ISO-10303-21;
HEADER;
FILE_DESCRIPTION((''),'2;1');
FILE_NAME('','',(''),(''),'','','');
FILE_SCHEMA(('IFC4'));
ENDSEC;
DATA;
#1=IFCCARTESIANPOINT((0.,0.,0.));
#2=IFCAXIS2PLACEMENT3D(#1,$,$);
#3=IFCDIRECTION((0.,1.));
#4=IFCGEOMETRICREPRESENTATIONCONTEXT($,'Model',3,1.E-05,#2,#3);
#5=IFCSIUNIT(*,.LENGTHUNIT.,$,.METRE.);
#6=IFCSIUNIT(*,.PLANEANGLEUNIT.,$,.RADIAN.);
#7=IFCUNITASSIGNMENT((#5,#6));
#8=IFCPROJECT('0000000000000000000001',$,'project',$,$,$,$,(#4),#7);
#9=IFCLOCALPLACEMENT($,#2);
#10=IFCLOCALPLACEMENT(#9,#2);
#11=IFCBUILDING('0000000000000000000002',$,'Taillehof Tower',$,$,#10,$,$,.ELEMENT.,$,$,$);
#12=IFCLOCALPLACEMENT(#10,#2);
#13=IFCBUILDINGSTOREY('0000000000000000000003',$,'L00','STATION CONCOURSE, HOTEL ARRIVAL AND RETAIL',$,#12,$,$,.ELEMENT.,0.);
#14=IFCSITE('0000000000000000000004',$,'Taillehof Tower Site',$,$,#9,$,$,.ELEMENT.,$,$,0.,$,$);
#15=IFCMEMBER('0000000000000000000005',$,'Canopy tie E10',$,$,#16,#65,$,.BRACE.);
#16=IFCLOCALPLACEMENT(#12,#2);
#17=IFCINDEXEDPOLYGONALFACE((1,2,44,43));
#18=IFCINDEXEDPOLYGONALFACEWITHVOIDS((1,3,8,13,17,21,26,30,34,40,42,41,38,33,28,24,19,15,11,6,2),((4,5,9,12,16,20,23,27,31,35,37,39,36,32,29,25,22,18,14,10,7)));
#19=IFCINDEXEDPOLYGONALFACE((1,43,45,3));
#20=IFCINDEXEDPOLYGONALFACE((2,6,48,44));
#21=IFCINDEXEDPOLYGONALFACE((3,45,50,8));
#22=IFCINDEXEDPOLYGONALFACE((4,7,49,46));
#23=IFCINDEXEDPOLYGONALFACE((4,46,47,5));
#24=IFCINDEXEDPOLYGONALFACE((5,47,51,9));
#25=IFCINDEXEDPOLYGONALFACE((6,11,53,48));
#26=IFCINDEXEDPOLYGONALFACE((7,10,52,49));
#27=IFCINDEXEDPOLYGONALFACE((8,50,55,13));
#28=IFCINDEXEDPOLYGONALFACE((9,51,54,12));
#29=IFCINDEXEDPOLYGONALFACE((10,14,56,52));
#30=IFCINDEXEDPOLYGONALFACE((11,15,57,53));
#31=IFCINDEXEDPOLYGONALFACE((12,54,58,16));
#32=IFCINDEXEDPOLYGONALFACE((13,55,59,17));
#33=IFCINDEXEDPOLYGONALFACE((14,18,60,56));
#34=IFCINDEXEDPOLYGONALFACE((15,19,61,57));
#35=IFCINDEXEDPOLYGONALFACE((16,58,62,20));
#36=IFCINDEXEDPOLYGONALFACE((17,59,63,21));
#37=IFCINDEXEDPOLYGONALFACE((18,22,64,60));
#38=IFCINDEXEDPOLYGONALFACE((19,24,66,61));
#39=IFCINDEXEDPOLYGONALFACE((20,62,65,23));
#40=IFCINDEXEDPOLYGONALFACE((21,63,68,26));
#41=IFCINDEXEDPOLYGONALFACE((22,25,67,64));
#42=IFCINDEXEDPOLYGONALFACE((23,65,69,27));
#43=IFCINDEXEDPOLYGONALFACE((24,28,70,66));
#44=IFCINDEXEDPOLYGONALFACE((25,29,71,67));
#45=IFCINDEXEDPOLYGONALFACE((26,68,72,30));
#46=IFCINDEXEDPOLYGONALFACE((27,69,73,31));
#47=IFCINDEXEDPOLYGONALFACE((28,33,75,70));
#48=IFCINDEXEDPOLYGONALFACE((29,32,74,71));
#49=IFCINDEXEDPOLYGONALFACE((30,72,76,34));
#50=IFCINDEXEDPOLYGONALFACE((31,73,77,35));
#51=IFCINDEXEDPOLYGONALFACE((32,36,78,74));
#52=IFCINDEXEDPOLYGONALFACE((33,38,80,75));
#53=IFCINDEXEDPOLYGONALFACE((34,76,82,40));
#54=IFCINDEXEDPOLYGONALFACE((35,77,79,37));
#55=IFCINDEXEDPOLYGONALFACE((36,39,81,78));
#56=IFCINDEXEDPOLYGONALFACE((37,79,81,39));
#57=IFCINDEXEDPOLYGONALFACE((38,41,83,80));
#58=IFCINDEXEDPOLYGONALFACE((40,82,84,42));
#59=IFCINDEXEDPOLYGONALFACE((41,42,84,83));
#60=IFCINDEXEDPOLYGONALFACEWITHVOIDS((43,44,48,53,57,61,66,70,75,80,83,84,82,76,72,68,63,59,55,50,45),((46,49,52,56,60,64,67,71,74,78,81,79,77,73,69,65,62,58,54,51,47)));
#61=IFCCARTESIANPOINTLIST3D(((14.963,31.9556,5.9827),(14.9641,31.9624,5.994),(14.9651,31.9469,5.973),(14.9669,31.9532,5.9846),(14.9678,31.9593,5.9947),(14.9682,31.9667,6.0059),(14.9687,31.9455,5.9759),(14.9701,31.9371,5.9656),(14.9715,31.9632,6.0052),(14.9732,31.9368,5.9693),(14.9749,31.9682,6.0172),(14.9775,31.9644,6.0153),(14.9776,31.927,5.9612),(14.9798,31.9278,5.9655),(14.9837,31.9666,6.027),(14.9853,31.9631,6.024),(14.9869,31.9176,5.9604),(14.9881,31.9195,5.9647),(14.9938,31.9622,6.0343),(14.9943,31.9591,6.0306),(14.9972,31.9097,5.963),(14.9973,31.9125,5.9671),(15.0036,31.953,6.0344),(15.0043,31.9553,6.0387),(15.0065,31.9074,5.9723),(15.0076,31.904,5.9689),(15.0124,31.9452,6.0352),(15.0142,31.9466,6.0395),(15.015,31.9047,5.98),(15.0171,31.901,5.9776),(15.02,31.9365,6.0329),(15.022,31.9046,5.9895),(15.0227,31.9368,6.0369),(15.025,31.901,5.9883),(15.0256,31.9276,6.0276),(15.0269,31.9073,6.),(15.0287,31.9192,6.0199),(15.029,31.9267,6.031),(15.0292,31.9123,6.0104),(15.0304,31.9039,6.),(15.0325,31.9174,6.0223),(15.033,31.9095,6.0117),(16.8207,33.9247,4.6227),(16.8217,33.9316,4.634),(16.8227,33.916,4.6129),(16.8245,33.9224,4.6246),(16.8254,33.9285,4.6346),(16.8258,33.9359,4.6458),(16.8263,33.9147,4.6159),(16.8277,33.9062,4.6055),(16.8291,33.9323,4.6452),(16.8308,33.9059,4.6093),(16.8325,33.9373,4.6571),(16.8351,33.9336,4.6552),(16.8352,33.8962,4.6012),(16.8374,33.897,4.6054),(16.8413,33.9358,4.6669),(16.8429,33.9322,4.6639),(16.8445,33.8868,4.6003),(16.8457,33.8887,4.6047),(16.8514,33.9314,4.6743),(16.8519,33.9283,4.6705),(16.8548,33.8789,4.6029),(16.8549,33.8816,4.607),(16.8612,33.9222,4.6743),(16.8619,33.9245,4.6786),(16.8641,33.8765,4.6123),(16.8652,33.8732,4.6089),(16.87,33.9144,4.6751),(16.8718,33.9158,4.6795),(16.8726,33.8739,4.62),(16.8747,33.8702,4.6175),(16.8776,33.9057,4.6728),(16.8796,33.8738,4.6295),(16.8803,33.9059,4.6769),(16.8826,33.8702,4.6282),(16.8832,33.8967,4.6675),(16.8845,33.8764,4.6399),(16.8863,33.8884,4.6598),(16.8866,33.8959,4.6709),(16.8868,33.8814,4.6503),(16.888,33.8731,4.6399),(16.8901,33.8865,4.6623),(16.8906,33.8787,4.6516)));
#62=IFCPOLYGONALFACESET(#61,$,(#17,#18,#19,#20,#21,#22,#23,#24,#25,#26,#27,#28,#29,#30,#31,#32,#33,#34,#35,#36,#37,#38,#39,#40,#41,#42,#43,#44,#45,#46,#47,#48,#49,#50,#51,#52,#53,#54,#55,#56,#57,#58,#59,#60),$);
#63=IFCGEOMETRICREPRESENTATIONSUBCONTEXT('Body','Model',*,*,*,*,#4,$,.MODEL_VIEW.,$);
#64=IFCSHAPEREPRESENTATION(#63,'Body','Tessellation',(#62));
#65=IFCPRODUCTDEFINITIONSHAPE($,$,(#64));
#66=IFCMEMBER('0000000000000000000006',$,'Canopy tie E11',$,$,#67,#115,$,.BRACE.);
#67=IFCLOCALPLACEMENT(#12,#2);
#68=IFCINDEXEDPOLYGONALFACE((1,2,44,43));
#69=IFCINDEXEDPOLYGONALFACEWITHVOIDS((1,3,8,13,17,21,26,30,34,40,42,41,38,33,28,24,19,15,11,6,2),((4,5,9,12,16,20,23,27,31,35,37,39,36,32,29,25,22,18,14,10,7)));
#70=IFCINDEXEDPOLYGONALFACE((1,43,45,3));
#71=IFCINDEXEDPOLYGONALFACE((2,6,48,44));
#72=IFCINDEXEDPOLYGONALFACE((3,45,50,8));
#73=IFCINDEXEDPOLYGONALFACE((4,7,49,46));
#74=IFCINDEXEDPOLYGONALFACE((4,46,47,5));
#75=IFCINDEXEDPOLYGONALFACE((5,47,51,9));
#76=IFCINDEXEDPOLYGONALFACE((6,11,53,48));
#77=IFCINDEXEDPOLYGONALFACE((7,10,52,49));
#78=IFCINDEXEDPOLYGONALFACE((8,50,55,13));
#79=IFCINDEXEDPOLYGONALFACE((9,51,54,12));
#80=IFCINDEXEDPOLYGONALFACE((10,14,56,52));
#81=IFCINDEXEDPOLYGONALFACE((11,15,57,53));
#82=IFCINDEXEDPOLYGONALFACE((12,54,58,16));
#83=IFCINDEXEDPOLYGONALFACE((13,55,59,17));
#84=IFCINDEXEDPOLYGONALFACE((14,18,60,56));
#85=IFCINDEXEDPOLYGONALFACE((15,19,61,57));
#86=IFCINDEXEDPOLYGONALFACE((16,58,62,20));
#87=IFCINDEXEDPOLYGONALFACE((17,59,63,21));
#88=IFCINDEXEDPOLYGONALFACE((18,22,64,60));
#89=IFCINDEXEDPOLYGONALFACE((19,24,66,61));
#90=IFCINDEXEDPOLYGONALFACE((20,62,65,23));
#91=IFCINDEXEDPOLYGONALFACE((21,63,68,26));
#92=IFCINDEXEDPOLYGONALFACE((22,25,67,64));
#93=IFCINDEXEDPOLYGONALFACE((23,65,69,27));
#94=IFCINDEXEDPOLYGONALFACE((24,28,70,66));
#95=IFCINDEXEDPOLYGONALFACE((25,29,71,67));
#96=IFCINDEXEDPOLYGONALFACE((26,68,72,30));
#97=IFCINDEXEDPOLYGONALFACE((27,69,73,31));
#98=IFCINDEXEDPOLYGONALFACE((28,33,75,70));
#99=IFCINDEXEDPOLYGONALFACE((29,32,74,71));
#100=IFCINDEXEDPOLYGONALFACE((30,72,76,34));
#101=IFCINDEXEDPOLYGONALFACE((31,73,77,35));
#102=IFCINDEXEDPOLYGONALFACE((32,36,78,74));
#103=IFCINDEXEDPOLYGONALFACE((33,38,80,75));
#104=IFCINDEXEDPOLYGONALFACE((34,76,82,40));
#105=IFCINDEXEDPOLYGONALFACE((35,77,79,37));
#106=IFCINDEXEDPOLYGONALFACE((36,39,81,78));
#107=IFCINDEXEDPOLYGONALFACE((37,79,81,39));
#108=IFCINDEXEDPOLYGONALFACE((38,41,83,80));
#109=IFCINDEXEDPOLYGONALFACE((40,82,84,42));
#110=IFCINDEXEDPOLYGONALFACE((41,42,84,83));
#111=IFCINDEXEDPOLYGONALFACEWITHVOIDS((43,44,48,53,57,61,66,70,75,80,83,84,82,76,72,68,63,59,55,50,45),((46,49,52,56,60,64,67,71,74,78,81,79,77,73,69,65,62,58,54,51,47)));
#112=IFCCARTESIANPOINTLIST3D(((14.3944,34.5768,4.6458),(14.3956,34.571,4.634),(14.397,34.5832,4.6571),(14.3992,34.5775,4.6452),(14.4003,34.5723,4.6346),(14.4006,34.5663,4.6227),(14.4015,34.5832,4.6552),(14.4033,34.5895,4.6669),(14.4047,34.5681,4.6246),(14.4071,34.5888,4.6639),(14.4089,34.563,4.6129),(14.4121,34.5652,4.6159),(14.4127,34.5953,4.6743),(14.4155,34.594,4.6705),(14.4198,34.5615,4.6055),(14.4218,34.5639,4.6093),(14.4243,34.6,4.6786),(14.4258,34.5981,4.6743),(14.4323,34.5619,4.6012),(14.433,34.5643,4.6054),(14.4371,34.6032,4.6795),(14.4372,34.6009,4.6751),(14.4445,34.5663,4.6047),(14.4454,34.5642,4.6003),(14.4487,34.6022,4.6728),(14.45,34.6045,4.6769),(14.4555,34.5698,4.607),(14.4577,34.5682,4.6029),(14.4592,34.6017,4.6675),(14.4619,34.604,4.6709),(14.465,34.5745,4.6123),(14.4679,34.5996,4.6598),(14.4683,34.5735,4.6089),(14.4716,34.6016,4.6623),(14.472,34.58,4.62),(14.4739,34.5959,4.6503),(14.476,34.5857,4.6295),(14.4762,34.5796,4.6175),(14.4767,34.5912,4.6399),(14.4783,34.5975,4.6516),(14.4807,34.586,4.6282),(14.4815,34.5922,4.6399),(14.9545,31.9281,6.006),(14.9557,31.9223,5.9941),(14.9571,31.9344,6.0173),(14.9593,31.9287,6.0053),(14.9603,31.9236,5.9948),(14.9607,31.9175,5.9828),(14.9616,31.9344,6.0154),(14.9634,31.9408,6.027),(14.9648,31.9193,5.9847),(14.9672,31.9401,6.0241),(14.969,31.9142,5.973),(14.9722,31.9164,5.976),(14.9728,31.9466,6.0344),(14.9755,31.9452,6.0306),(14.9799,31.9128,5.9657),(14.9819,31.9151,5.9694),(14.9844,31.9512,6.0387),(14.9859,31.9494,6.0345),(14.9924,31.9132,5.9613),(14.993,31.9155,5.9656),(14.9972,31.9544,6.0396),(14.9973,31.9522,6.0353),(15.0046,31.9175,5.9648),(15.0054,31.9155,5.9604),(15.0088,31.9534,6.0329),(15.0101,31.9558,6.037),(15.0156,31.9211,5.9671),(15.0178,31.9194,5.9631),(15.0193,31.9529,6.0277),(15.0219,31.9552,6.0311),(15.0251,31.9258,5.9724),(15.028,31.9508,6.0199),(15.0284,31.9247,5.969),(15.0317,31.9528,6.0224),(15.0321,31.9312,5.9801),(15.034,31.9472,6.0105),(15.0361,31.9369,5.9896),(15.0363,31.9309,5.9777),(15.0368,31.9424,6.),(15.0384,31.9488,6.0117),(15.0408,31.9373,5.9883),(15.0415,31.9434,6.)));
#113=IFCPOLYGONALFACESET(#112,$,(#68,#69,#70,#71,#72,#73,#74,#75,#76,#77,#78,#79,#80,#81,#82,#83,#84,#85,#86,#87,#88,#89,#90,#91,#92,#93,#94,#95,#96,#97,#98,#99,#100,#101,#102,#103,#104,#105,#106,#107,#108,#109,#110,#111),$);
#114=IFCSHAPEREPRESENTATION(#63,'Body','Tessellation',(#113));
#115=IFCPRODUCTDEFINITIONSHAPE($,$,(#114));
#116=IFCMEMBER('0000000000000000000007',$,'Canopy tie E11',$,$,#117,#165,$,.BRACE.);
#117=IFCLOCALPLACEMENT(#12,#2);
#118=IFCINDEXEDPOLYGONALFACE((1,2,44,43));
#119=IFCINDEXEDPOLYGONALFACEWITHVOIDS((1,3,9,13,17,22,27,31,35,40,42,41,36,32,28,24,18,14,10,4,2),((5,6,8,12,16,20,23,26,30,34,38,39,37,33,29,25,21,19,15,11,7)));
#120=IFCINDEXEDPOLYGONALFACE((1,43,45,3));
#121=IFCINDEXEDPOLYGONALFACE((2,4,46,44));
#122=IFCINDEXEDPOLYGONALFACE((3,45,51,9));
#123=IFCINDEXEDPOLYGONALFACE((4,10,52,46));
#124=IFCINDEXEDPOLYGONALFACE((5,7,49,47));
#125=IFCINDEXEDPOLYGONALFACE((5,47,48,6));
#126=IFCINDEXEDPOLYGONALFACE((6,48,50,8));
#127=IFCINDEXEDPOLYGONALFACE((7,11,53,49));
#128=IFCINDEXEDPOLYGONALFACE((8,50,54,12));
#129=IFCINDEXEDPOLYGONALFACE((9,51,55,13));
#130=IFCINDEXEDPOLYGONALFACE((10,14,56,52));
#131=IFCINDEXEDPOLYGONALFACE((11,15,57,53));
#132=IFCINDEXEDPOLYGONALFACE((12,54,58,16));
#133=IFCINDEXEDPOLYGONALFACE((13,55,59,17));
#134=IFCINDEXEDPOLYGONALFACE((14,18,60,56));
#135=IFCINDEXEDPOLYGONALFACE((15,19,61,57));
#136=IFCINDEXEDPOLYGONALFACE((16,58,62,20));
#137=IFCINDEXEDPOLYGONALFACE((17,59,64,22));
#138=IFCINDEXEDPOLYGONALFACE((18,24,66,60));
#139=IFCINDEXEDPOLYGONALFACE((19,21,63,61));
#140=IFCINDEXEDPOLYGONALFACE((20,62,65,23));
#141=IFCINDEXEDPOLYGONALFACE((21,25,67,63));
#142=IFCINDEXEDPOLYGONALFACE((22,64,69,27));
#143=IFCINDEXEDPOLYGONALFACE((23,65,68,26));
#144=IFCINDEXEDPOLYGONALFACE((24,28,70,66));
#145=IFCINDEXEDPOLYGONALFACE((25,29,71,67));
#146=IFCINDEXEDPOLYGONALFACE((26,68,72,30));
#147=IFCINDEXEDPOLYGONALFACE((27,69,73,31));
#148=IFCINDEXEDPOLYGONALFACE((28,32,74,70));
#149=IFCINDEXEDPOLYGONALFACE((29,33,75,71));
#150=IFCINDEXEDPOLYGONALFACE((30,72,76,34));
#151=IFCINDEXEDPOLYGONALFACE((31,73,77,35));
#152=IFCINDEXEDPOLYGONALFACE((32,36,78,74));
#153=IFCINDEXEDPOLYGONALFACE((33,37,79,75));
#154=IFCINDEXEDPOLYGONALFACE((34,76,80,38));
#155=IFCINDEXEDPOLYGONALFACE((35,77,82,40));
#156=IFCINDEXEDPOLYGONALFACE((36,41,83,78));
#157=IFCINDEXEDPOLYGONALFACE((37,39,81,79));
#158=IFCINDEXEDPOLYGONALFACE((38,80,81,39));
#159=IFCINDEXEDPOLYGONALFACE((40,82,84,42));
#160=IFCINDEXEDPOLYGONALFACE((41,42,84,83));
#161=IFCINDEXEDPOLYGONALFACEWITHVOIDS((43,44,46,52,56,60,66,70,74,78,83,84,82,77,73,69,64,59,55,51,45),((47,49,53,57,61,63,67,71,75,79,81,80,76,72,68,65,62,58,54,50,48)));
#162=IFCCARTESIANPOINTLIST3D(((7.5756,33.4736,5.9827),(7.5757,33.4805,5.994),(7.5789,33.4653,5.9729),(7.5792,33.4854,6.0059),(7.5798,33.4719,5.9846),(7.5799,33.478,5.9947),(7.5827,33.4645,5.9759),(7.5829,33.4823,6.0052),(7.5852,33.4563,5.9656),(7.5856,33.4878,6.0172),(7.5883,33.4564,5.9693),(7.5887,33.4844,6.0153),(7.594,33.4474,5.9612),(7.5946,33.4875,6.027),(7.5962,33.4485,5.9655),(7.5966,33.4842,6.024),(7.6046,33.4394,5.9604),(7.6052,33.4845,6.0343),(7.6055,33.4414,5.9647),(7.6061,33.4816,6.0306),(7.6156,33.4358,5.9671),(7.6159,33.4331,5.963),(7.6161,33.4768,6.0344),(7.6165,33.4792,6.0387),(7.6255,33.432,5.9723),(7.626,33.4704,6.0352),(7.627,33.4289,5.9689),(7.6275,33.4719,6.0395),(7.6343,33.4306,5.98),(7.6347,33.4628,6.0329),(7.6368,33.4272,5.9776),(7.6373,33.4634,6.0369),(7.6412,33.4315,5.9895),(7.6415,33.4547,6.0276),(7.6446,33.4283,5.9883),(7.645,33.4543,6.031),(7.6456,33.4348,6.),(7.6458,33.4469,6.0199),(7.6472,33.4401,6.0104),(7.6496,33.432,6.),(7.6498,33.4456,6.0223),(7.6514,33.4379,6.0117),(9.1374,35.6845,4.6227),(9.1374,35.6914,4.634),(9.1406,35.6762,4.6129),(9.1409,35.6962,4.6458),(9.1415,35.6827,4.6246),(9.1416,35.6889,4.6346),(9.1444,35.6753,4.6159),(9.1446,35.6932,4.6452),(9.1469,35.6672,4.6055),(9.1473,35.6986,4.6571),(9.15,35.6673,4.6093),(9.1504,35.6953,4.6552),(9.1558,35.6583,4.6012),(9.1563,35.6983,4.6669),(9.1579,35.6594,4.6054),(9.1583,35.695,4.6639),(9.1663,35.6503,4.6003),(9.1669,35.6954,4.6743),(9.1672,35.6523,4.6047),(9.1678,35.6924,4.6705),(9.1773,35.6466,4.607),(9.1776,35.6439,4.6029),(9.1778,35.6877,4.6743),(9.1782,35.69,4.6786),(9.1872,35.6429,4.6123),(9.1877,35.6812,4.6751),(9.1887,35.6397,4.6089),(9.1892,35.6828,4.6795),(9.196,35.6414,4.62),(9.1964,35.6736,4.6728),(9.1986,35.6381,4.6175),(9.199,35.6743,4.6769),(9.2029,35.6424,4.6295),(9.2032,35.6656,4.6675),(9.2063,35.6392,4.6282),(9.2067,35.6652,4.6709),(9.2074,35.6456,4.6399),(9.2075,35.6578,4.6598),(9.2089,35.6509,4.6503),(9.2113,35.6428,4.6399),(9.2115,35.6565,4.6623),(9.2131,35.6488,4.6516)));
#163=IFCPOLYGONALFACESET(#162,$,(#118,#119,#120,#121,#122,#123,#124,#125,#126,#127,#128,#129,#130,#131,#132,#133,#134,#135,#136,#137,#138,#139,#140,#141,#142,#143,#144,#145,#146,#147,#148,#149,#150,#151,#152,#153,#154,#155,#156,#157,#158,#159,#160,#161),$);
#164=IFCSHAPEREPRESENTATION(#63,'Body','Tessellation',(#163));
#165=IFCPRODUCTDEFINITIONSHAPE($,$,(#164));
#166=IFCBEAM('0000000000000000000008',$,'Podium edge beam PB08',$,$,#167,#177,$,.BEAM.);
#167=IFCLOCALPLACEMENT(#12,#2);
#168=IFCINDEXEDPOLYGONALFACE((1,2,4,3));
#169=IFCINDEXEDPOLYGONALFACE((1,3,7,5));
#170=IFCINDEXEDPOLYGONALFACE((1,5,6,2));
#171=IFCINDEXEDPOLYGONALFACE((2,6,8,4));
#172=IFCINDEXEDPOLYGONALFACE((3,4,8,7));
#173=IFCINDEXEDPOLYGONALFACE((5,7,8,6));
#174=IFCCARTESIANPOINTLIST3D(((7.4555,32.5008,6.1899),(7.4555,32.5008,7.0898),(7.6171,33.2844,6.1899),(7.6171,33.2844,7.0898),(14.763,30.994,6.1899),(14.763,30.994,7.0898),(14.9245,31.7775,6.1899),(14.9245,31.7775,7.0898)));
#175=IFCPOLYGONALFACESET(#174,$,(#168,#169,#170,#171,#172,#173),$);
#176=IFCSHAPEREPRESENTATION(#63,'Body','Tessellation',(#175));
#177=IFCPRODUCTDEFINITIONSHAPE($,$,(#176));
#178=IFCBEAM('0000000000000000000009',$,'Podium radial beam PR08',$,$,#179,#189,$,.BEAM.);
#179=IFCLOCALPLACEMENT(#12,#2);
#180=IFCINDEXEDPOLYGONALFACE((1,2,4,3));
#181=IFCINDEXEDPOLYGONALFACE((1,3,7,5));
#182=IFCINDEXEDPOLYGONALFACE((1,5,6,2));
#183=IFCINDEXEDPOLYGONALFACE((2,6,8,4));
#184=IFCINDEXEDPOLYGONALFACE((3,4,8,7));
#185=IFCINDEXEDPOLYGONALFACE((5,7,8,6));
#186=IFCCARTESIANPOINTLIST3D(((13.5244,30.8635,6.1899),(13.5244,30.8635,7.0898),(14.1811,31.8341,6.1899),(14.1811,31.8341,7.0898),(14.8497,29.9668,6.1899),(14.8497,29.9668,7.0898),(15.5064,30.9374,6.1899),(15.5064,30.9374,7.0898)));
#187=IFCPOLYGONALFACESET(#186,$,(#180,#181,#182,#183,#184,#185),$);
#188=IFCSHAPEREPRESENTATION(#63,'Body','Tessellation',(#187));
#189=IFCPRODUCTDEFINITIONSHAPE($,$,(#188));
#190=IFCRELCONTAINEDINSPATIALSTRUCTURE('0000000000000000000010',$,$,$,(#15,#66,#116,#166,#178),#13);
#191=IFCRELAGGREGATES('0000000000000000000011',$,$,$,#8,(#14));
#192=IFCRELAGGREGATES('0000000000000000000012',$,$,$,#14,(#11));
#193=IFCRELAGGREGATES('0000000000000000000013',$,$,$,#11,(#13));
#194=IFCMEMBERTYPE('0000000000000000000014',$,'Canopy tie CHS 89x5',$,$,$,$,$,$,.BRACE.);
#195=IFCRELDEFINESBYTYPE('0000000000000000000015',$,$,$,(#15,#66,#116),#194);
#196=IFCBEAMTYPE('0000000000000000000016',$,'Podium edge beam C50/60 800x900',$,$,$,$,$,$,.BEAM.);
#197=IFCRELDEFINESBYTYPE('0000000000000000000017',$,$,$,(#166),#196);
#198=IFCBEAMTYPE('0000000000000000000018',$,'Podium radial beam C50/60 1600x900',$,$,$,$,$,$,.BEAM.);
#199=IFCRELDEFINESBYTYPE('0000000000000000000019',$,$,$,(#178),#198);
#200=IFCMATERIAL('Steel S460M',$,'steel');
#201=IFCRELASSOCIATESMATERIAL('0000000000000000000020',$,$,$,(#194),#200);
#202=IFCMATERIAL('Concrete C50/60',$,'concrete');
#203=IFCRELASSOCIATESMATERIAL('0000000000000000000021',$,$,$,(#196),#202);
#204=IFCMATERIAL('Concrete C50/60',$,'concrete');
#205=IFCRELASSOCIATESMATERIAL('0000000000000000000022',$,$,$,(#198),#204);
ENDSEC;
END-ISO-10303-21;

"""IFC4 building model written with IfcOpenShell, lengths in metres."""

from ifc_helpers import new_model, si_unit, direction, frame, origin, origin_2d, place, context, subcontext, project, spatial, rectangle, hollow_circle, extrude, material, material_profile, profile_set, type_object, element, save


model = new_model("IFC4")

# Units and contexts
model_context = context("Model", 3, precision=1e-05, world=origin(), true_north=direction((0.0, 1.0)))
body_context = subcontext(model_context, "Body", "Model", "MODEL_VIEW")
ifc_project = project(units=[si_unit("LENGTHUNIT", "METRE"), si_unit("PLANEANGLEUNIT", "RADIAN")], contexts=[model_context])

# Site, building, storey
site_placement = place(None, origin())
site = spatial("IfcSite", under=ifc_project, at=site_placement, Name="Taillehof Tower Site", CompositionType="ELEMENT", RefElevation=0.0)
building_placement = place(site_placement, origin())
building = spatial("IfcBuilding", under=site, at=building_placement, Name="Taillehof Tower", CompositionType="ELEMENT")
storey_placement = place(building_placement, origin())
storey = spatial("IfcBuildingStorey", under=building, at=storey_placement, Name="L00", Description="STATION CONCOURSE, HOTEL ARRIVAL AND RETAIL", CompositionType="ELEMENT", Elevation=0.0)

# Members
ifc_material_1 = material(Name="Steel S460M", Category="steel")
ifc_material_profile_1 = material_profile(ifc_material_1, hollow_circle(Radius=0.0444, WallThickness=0.0049, at=origin_2d()), Name="CHS 89x5")
ifc_profile_set_1 = profile_set([ifc_material_profile_1], Name="Steel S460M")
member_type = type_object("IfcMemberType", Name="Canopy tie CHS 89x5", PredefinedType="BRACE", material=ifc_profile_set_1)
member_1_placement = place(storey_placement, frame((16.8557, 33.9036, 4.6399), z_axis=(-0.613164, -0.649991, 0.448934), x_axis=(0.727413, -0.6862, 0.0)))
element("IfcMember", 1, at=member_1_placement, inside=storey, type_object=member_type, Name="Canopy tie E10", PredefinedType="BRACE", context=body_context, shape_type="SweptSolid", body=[
    extrude(hollow_circle(Radius=0.0444, WallThickness=0.0049, at=origin_2d()), origin(), (0.0, 0.0, 1.0), 3.0295),
])
member_2_placement = place(storey_placement, frame((14.438, 34.583, 4.6399), z_axis=(0.184856, -0.874239, 0.448925), x_axis=(0.978368, 0.206874, 0.0)))
element("IfcMember", 2, at=member_2_placement, inside=storey, type_object=member_type, Name="Canopy tie E11", PredefinedType="BRACE", context=body_context, shape_type="SweptSolid", body=[
    extrude(hollow_circle(Radius=0.0444, WallThickness=0.0049, at=origin_2d()), origin(), (0.0, 0.0, 1.0), 3.0298),
])
member_3_placement = place(storey_placement, frame((9.175, 35.6685, 4.6399), z_axis=(-0.515537, -0.729827, 0.448969), x_axis=(0.816775, -0.576956, 0.0)))
element("IfcMember", 3, at=member_3_placement, inside=storey, type_object=member_type, Name="Canopy tie E11", PredefinedType="BRACE", context=body_context, shape_type="SweptSolid", body=[
    extrude(hollow_circle(Radius=0.0444, WallThickness=0.0049, at=origin_2d()), origin(), (0.0, 0.0, 1.0), 3.0293),
])

# Beams
ifc_material_2 = material(Name="Concrete C50/60", Category="concrete")
ifc_material_profile_2 = material_profile(ifc_material_2, rectangle(XDim=0.8, YDim=0.8999, at=origin_2d()), Name="RC 800x900")
ifc_profile_set_2 = profile_set([ifc_material_profile_2], Name="Concrete C50/60")
beam_type_1 = type_object("IfcBeamType", Name="Podium edge beam C50/60 800x900", PredefinedType="BEAM", material=ifc_profile_set_2)
beam_1_placement = place(storey_placement, frame((14.8438, 31.3857, 6.6399), z_axis=(-0.979394, 0.201959, 0.0), x_axis=(-0.201959, -0.979394, 0.0)))
element("IfcBeam", 4, at=beam_1_placement, inside=storey, type_object=beam_type_1, Name="Podium edge beam PB08", PredefinedType="BEAM", context=body_context, shape_type="SweptSolid", body=[
    extrude(rectangle(XDim=0.8, YDim=0.8999, at=origin_2d()), origin(), (0.0, 0.0, 1.0), 7.4612),
])
ifc_material_3 = material(Name="Concrete C50/60", Category="concrete")
ifc_material_profile_3 = material_profile(ifc_material_3, rectangle(XDim=1.6001, YDim=0.8999, at=origin_2d()), Name="RC 1600x900")
ifc_profile_set_3 = profile_set([ifc_material_profile_3], Name="Concrete C50/60")
beam_type_2 = type_object("IfcBeamType", Name="Podium radial beam C50/60 1600x900", PredefinedType="BEAM", material=ifc_profile_set_3)
beam_2_placement = place(storey_placement, frame((14.8438, 31.3857, 6.6399), z_axis=(-0.56036, -0.828249, 0.0), x_axis=(0.828249, -0.56036, 0.0)))
element("IfcBeam", 5, at=beam_2_placement, inside=storey, type_object=beam_type_2, Name="Podium radial beam PR08", PredefinedType="BEAM", context=body_context, shape_type="SweptSolid", body=[
    extrude(rectangle(XDim=1.6001, YDim=0.8999, at=origin_2d()), origin(), (0.0, 0.0, 1.0), 1.1719),
])

save(model, "model.ifc")
